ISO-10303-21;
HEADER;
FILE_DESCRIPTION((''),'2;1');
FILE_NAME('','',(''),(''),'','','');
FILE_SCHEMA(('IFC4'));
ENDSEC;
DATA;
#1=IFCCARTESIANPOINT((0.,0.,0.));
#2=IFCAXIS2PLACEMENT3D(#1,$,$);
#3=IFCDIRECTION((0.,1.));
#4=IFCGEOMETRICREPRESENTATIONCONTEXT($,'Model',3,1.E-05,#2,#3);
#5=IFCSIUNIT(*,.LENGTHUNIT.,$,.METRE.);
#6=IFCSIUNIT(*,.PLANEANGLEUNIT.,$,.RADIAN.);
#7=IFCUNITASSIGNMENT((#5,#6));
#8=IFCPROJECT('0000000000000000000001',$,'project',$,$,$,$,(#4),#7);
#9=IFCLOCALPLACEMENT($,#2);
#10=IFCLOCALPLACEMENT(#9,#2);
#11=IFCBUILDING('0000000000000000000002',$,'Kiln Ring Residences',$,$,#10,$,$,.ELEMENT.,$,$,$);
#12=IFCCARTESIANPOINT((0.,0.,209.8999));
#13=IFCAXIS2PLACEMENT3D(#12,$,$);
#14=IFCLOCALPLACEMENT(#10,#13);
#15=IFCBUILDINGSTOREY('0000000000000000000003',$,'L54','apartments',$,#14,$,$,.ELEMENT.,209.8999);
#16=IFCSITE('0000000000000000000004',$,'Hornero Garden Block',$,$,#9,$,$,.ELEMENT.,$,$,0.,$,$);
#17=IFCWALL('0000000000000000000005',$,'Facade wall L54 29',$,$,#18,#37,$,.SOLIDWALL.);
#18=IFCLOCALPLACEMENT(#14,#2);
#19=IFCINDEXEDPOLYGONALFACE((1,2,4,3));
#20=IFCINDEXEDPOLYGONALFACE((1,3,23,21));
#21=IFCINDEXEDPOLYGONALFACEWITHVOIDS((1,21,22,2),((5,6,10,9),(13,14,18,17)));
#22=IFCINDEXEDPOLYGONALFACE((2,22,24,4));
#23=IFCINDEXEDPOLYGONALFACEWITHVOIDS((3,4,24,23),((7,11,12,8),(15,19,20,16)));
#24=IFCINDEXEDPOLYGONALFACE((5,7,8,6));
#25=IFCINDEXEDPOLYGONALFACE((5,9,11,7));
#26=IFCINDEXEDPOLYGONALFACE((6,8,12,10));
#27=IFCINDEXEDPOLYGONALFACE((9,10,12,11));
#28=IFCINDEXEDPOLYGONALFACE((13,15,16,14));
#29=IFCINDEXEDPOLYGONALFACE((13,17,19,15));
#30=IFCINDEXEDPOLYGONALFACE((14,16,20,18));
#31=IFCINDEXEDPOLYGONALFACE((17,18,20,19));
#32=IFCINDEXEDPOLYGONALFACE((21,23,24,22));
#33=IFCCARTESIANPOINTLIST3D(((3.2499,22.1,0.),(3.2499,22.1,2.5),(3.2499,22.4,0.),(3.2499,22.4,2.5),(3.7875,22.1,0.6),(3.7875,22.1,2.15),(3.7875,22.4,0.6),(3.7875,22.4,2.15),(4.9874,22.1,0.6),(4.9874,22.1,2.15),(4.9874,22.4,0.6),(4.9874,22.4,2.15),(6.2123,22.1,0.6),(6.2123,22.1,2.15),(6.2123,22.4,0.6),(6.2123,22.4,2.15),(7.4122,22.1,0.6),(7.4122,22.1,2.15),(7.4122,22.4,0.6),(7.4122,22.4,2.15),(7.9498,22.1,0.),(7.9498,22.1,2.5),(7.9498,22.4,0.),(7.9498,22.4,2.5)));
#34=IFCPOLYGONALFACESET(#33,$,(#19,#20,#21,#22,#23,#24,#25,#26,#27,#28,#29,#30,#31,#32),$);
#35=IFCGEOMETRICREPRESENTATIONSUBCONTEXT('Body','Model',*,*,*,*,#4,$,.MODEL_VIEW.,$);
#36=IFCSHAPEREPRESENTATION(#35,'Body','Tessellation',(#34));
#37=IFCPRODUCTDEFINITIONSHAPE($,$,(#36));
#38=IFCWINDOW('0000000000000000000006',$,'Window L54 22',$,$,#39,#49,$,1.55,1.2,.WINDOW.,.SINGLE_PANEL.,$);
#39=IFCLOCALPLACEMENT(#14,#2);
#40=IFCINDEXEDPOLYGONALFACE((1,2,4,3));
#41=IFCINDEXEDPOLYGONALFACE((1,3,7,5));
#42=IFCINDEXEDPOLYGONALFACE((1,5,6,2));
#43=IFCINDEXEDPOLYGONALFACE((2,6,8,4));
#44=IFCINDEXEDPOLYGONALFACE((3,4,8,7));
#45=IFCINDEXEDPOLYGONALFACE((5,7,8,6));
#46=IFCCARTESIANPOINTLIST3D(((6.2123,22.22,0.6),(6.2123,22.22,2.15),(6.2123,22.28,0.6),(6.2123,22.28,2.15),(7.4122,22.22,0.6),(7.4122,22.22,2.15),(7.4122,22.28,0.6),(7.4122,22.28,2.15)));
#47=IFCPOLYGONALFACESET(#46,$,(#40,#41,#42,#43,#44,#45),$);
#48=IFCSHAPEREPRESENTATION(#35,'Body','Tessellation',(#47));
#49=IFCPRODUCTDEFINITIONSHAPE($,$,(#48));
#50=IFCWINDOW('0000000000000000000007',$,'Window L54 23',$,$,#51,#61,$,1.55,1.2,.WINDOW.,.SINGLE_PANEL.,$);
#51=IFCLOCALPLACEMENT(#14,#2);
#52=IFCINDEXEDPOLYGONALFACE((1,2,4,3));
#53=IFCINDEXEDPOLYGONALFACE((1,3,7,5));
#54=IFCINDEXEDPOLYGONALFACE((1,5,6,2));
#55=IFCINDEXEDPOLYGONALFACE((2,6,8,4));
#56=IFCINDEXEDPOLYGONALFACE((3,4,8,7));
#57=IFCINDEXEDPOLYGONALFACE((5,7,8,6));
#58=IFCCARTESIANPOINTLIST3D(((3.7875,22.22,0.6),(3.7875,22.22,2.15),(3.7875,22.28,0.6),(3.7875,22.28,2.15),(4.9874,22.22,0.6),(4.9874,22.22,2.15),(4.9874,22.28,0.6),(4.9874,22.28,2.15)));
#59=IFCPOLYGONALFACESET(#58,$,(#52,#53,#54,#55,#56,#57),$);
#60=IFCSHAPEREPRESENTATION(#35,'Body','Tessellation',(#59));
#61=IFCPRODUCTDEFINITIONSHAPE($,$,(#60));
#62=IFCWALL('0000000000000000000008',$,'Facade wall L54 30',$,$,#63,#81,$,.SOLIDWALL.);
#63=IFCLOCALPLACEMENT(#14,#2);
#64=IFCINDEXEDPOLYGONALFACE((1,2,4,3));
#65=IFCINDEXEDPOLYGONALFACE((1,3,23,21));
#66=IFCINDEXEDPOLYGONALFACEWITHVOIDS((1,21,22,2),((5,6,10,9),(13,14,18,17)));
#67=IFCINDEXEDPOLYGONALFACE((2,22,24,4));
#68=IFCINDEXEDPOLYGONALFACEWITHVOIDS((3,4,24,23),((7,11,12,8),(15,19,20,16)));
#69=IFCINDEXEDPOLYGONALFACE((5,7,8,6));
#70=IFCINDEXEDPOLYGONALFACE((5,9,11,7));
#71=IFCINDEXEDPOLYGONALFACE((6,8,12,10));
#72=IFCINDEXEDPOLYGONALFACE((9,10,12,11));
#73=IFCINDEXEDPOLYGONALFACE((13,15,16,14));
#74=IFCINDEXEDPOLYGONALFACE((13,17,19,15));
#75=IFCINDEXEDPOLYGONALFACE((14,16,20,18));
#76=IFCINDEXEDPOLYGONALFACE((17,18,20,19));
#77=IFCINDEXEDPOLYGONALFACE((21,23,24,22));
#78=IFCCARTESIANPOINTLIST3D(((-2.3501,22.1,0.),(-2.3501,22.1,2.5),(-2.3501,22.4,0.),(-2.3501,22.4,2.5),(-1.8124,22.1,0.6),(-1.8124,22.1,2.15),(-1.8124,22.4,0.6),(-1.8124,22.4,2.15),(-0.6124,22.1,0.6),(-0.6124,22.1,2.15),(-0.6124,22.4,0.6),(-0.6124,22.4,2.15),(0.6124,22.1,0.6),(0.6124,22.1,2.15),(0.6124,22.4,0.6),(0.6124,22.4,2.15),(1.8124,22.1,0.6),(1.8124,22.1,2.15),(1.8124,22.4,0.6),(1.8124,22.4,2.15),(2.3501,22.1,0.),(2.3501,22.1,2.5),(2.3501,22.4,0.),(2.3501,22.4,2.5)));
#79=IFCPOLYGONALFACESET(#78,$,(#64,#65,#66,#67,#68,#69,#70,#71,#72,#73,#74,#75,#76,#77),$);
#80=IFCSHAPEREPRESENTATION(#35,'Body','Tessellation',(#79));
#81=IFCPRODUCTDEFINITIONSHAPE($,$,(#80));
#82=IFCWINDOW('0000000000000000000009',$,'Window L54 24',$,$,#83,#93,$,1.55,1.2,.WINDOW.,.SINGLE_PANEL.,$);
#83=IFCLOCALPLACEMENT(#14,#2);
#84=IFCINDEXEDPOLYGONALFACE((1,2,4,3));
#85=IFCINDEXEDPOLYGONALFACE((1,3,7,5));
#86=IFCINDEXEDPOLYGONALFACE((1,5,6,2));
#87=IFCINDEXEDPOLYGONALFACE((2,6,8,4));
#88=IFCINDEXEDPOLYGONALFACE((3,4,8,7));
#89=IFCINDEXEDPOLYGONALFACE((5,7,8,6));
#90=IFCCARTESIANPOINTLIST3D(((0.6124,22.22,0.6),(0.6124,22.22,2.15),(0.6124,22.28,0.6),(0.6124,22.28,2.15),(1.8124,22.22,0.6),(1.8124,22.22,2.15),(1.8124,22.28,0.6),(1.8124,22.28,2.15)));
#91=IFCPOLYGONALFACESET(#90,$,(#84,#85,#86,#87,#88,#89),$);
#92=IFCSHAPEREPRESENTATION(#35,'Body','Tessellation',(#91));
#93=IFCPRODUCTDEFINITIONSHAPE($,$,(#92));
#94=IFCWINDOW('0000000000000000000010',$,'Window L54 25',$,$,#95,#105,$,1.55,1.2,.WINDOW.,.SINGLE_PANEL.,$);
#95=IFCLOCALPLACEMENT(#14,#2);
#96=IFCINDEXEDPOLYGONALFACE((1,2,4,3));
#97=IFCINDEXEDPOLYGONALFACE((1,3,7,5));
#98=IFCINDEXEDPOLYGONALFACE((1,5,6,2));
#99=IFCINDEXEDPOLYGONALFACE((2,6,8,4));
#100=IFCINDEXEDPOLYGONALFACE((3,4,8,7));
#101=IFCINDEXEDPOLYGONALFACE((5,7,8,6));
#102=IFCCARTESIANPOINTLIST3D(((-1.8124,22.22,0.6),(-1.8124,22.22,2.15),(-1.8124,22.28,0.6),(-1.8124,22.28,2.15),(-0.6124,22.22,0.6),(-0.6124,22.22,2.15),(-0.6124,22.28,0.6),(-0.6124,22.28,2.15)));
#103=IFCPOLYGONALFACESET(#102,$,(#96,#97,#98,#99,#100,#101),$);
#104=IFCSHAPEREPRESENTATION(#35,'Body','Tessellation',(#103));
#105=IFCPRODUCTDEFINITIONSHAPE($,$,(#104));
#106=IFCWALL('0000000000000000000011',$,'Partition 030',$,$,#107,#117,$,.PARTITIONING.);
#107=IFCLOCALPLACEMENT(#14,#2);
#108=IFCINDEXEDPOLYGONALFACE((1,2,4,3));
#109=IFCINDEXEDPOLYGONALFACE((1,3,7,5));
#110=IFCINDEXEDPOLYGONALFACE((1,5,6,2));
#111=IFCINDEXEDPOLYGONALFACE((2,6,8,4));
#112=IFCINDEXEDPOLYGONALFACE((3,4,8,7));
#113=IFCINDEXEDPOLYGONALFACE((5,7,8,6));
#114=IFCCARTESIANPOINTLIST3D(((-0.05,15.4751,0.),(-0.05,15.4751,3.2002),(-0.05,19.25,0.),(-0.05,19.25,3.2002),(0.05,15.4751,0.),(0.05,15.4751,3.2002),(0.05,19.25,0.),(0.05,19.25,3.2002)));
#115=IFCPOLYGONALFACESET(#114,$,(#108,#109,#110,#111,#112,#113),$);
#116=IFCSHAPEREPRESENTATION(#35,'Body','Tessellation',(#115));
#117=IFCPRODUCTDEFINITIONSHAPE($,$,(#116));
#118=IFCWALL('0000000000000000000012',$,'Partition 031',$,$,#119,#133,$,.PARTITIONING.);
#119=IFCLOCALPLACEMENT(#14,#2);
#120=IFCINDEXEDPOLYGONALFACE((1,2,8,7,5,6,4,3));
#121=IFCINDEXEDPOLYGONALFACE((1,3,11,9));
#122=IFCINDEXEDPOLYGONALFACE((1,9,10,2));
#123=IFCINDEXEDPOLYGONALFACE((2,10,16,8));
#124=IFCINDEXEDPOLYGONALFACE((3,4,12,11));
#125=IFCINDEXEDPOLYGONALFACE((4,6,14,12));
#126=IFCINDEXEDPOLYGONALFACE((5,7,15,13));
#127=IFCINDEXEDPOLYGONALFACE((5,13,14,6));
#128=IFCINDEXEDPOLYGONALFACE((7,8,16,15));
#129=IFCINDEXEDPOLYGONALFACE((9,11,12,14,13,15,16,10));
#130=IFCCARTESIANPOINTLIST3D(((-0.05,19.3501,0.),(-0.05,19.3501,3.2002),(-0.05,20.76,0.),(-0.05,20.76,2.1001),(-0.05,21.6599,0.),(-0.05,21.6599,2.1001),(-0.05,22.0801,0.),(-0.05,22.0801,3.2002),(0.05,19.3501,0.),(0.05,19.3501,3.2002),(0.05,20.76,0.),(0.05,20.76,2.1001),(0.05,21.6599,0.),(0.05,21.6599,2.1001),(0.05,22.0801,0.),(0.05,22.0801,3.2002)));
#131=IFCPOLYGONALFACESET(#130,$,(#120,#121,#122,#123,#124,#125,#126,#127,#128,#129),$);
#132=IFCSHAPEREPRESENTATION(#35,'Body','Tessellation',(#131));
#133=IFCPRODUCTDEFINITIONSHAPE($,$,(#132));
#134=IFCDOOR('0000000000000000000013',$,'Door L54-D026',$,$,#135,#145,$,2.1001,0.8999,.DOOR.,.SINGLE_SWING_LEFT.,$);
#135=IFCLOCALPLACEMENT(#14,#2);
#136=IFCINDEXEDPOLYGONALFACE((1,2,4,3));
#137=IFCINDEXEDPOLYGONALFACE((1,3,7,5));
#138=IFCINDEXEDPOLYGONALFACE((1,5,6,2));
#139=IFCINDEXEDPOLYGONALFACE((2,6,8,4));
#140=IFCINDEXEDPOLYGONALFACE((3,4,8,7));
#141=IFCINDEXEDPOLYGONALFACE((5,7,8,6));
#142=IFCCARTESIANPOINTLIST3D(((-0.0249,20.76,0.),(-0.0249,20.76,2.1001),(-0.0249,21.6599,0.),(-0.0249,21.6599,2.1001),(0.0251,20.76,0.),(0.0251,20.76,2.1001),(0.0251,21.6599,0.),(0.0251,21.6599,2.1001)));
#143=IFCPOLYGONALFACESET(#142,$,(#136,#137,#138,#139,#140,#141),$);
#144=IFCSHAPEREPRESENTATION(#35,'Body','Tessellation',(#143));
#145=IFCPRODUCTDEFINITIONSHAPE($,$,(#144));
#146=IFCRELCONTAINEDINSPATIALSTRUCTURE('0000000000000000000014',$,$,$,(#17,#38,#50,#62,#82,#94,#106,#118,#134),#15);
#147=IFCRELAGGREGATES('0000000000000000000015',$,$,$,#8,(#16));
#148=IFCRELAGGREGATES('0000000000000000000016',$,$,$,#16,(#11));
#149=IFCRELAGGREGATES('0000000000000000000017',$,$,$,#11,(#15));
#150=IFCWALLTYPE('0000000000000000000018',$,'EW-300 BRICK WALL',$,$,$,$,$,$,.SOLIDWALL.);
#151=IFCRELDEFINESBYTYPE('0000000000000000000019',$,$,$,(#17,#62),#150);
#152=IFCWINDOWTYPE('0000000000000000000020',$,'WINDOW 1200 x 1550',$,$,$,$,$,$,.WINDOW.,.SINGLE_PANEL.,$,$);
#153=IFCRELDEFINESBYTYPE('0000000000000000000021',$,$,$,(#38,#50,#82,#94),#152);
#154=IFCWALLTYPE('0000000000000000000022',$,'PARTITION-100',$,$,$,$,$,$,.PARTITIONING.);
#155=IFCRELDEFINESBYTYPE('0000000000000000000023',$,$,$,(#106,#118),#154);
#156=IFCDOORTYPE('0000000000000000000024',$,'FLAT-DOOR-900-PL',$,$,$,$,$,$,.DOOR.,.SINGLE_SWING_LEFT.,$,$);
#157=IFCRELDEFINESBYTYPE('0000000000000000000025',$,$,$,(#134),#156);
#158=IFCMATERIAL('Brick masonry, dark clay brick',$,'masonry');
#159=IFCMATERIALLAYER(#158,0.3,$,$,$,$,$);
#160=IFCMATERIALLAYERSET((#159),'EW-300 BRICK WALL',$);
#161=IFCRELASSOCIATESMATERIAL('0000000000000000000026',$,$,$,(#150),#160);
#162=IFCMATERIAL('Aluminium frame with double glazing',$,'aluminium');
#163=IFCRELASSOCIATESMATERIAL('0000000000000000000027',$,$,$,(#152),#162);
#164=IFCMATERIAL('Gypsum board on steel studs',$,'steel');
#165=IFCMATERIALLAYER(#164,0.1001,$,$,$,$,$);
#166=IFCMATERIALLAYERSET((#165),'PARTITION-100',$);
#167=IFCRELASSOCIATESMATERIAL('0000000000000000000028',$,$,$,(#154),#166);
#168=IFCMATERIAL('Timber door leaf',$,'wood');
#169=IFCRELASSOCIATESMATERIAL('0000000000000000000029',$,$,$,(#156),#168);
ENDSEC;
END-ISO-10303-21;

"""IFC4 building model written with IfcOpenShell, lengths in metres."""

from ifc_helpers import new_model, si_unit, direction, frame, frame_2d, origin, place, context, subcontext, project, spatial, rectangle, extrude, material, layer, layer_set, type_object, element, fill, save


model = new_model("IFC4")

# Units and contexts
model_context = context("Model", 3, precision=1e-05, world=origin(), true_north=direction((0.0, 1.0)))
body_context = subcontext(model_context, "Body", "Model", "MODEL_VIEW")
ifc_project = project(units=[si_unit("LENGTHUNIT", "METRE"), si_unit("PLANEANGLEUNIT", "RADIAN")], contexts=[model_context])

# Site, building, storey
site_placement = place(None, origin())
site = spatial("IfcSite", under=ifc_project, at=site_placement, Name="Hornero Garden Block", CompositionType="ELEMENT", RefElevation=0.0)
building_placement = place(site_placement, origin())
building = spatial("IfcBuilding", under=site, at=building_placement, Name="Kiln Ring Residences", CompositionType="ELEMENT")
storey_placement = place(building_placement, frame((0.0, 0.0, 209.8999)))
storey = spatial("IfcBuildingStorey", under=building, at=storey_placement, Name="L54", Description="apartments", CompositionType="ELEMENT", Elevation=209.8999)

# Walls, openings, windows
ifc_material_1 = material(Name="Brick masonry, dark clay brick", Category="masonry")
ifc_layer_1 = layer(ifc_material_1, 0.3)
ifc_layer_set_1 = layer_set([ifc_layer_1], Name="EW-300 BRICK WALL")
wall_type_1 = type_object("IfcWallType", Name="EW-300 BRICK WALL", PredefinedType="SOLIDWALL", material=ifc_layer_set_1)
ifc_material_2 = material(Name="Aluminium frame with double glazing", Category="aluminium")
window_type = type_object("IfcWindowType", Name="WINDOW 1200 x 1550", PartitioningType="SINGLE_PANEL", PredefinedType="WINDOW", material=ifc_material_2)
wall_1_placement = place(storey_placement, frame((7.95, 22.25, 0.0), z_axis=(0.0, 0.0, 1.0), x_axis=(-1.0, 0.0, 0.0)))
wall_1 = element("IfcWall", 1, at=wall_1_placement, inside=storey, type_object=wall_type_1, Name="Facade wall L54 29", PredefinedType="SOLIDWALL", context=body_context, shape_type="SweptSolid", body=[
    extrude(rectangle(XDim=4.7, YDim=0.3, at=frame_2d((2.3501, 0.0))), origin(), (0.0, 0.0, 1.0), 2.5),
])
opening_1_placement = place(wall_1_placement, frame((0.5376, 0.0, 0.6001)))
opening_1 = element("IfcOpeningElement", 2, at=opening_1_placement, cuts=wall_1, PredefinedType="OPENING", context=body_context, shape_type="SweptSolid", body=[
    extrude(rectangle(XDim=1.2, YDim=1.55, at=frame_2d((0.6001, 0.7749))), frame((0.0, 0.1599, 0.0), z_axis=(0.0, -1.0, 0.0), x_axis=(1.0, 0.0, 0.0)), (0.0, 0.0, 1.0), 0.3201),
])
opening_2_placement = place(wall_1_placement, frame((2.9624, 0.0, 0.6001)))
opening_2 = element("IfcOpeningElement", 3, at=opening_2_placement, cuts=wall_1, PredefinedType="OPENING", context=body_context, shape_type="SweptSolid", body=[
    extrude(rectangle(XDim=1.2, YDim=1.55, at=frame_2d((0.6001, 0.7749))), frame((0.0, 0.1599, 0.0), z_axis=(0.0, -1.0, 0.0), x_axis=(1.0, 0.0, 0.0)), (0.0, 0.0, 1.0), 0.3201),
])
window_1_placement = place(opening_1_placement, origin())
window_1 = element("IfcWindow", 4, at=window_1_placement, inside=storey, type_object=window_type, Name="Window L54 22", OverallHeight=1.55, OverallWidth=1.2, PartitioningType="SINGLE_PANEL", PredefinedType="WINDOW", context=body_context, shape_type="SweptSolid", body=[
    extrude(rectangle(XDim=1.2, YDim=1.55, at=frame_2d((0.6001, 0.7749))), frame((0.0, 0.03, 0.0), z_axis=(0.0, -1.0, 0.0), x_axis=(1.0, 0.0, 0.0)), (0.0, 0.0, 1.0), 0.0601),
])
fill(opening_1, window_1)
window_2_placement = place(opening_2_placement, origin())
window_2 = element("IfcWindow", 5, at=window_2_placement, inside=storey, type_object=window_type, Name="Window L54 23", OverallHeight=1.55, OverallWidth=1.2, PartitioningType="SINGLE_PANEL", PredefinedType="WINDOW", context=body_context, shape_type="SweptSolid", body=[
    extrude(rectangle(XDim=1.2, YDim=1.55, at=frame_2d((0.6001, 0.7749))), frame((0.0, 0.03, 0.0), z_axis=(0.0, -1.0, 0.0), x_axis=(1.0, 0.0, 0.0)), (0.0, 0.0, 1.0), 0.0601),
])
fill(opening_2, window_2)
wall_2_placement = place(storey_placement, frame((2.3501, 22.25, 0.0), z_axis=(0.0, 0.0, 1.0), x_axis=(-1.0, 0.0, 0.0)))
wall_2 = element("IfcWall", 6, at=wall_2_placement, inside=storey, type_object=wall_type_1, Name="Facade wall L54 30", PredefinedType="SOLIDWALL", context=body_context, shape_type="SweptSolid", body=[
    extrude(rectangle(XDim=4.7002, YDim=0.3, at=frame_2d((2.3501, 0.0))), origin(), (0.0, 0.0, 1.0), 2.5),
])
opening_3_placement = place(wall_2_placement, frame((0.5376, 0.0, 0.6001)))
opening_3 = element("IfcOpeningElement", 7, at=opening_3_placement, cuts=wall_2, PredefinedType="OPENING", context=body_context, shape_type="SweptSolid", body=[
    extrude(rectangle(XDim=1.2, YDim=1.55, at=frame_2d((0.6001, 0.7749))), frame((0.0, 0.1599, 0.0), z_axis=(0.0, -1.0, 0.0), x_axis=(1.0, 0.0, 0.0)), (0.0, 0.0, 1.0), 0.3201),
])
opening_4_placement = place(wall_2_placement, frame((2.9624, 0.0, 0.6001)))
opening_4 = element("IfcOpeningElement", 8, at=opening_4_placement, cuts=wall_2, PredefinedType="OPENING", context=body_context, shape_type="SweptSolid", body=[
    extrude(rectangle(XDim=1.2, YDim=1.55, at=frame_2d((0.6001, 0.7749))), frame((0.0, 0.1599, 0.0), z_axis=(0.0, -1.0, 0.0), x_axis=(1.0, 0.0, 0.0)), (0.0, 0.0, 1.0), 0.3201),
])
window_3_placement = place(opening_3_placement, origin())
window_3 = element("IfcWindow", 9, at=window_3_placement, inside=storey, type_object=window_type, Name="Window L54 24", OverallHeight=1.55, OverallWidth=1.2, PartitioningType="SINGLE_PANEL", PredefinedType="WINDOW", context=body_context, shape_type="SweptSolid", body=[
    extrude(rectangle(XDim=1.2, YDim=1.55, at=frame_2d((0.6001, 0.7749))), frame((0.0, 0.03, 0.0), z_axis=(0.0, -1.0, 0.0), x_axis=(1.0, 0.0, 0.0)), (0.0, 0.0, 1.0), 0.0601),
])
fill(opening_3, window_3)
window_4_placement = place(opening_4_placement, origin())
window_4 = element("IfcWindow", 10, at=window_4_placement, inside=storey, type_object=window_type, Name="Window L54 25", OverallHeight=1.55, OverallWidth=1.2, PartitioningType="SINGLE_PANEL", PredefinedType="WINDOW", context=body_context, shape_type="SweptSolid", body=[
    extrude(rectangle(XDim=1.2, YDim=1.55, at=frame_2d((0.6001, 0.7749))), frame((0.0, 0.03, 0.0), z_axis=(0.0, -1.0, 0.0), x_axis=(1.0, 0.0, 0.0)), (0.0, 0.0, 1.0), 0.0601),
])
fill(opening_4, window_4)

# Wall
ifc_material_3 = material(Name="Gypsum board on steel studs", Category="steel")
ifc_layer_2 = layer(ifc_material_3, 0.1001)
ifc_layer_set_2 = layer_set([ifc_layer_2], Name="PARTITION-100")
wall_type_2 = type_object("IfcWallType", Name="PARTITION-100", PredefinedType="PARTITIONING", material=ifc_layer_set_2)
wall_3_placement = place(storey_placement, frame((0.0, 15.4751, 0.0), z_axis=(0.0, 0.0, 1.0), x_axis=(0.0, 1.0, 0.0)))
element("IfcWall", 11, at=wall_3_placement, inside=storey, type_object=wall_type_2, Name="Partition 030", PredefinedType="PARTITIONING", context=body_context, shape_type="SweptSolid", body=[
    extrude(rectangle(XDim=3.7749, YDim=0.1001, at=frame_2d((1.8875, 0.0))), origin(), (0.0, 0.0, 1.0), 3.2002),
])

# Wall, opening, door
wall_4_placement = place(storey_placement, frame((0.0, 19.3501, 0.0), z_axis=(0.0, 0.0, 1.0), x_axis=(0.0, 1.0, 0.0)))
wall_4 = element("IfcWall", 12, at=wall_4_placement, inside=storey, type_object=wall_type_2, Name="Partition 031", PredefinedType="PARTITIONING", context=body_context, shape_type="SweptSolid", body=[
    extrude(rectangle(XDim=2.73, YDim=0.1001, at=frame_2d((1.365, 0.0))), origin(), (0.0, 0.0, 1.0), 3.2002),
])
opening_5_placement = place(wall_4_placement, frame((1.4099, 0.0, 0.0)))
opening_5 = element("IfcOpeningElement", 13, at=opening_5_placement, cuts=wall_4, PredefinedType="OPENING", context=body_context, shape_type="SweptSolid", body=[
    extrude(rectangle(XDim=0.8999, YDim=2.1001, at=frame_2d((0.45, 1.05))), frame((0.0, 0.0601, 0.0), z_axis=(0.0, -1.0, 0.0), x_axis=(1.0, 0.0, 0.0)), (0.0, 0.0, 1.0), 0.1201),
])
ifc_material_4 = material(Name="Timber door leaf", Category="wood")
door_type_1 = type_object("IfcDoorType", Name="FLAT-DOOR-900-PL", OperationType="SINGLE_SWING_LEFT", PredefinedType="DOOR", material=ifc_material_4)
door_1_placement = place(opening_5_placement, origin())
door_1 = element("IfcDoor", 14, at=door_1_placement, inside=storey, type_object=door_type_1, Name="Door L54-D026", OperationType="SINGLE_SWING_LEFT", OverallHeight=2.1001, OverallWidth=0.8999, PredefinedType="DOOR", context=body_context, shape_type="SweptSolid", body=[
    extrude(rectangle(XDim=0.8999, YDim=2.1001, at=frame_2d((0.45, 1.05))), frame((0.0, 0.0249, 0.0), z_axis=(0.0, -1.0, 0.0), x_axis=(1.0, 0.0, 0.0)), (0.0, 0.0, 1.0), 0.05),
])
fill(opening_5, door_1)

save(model, "model.ifc")
